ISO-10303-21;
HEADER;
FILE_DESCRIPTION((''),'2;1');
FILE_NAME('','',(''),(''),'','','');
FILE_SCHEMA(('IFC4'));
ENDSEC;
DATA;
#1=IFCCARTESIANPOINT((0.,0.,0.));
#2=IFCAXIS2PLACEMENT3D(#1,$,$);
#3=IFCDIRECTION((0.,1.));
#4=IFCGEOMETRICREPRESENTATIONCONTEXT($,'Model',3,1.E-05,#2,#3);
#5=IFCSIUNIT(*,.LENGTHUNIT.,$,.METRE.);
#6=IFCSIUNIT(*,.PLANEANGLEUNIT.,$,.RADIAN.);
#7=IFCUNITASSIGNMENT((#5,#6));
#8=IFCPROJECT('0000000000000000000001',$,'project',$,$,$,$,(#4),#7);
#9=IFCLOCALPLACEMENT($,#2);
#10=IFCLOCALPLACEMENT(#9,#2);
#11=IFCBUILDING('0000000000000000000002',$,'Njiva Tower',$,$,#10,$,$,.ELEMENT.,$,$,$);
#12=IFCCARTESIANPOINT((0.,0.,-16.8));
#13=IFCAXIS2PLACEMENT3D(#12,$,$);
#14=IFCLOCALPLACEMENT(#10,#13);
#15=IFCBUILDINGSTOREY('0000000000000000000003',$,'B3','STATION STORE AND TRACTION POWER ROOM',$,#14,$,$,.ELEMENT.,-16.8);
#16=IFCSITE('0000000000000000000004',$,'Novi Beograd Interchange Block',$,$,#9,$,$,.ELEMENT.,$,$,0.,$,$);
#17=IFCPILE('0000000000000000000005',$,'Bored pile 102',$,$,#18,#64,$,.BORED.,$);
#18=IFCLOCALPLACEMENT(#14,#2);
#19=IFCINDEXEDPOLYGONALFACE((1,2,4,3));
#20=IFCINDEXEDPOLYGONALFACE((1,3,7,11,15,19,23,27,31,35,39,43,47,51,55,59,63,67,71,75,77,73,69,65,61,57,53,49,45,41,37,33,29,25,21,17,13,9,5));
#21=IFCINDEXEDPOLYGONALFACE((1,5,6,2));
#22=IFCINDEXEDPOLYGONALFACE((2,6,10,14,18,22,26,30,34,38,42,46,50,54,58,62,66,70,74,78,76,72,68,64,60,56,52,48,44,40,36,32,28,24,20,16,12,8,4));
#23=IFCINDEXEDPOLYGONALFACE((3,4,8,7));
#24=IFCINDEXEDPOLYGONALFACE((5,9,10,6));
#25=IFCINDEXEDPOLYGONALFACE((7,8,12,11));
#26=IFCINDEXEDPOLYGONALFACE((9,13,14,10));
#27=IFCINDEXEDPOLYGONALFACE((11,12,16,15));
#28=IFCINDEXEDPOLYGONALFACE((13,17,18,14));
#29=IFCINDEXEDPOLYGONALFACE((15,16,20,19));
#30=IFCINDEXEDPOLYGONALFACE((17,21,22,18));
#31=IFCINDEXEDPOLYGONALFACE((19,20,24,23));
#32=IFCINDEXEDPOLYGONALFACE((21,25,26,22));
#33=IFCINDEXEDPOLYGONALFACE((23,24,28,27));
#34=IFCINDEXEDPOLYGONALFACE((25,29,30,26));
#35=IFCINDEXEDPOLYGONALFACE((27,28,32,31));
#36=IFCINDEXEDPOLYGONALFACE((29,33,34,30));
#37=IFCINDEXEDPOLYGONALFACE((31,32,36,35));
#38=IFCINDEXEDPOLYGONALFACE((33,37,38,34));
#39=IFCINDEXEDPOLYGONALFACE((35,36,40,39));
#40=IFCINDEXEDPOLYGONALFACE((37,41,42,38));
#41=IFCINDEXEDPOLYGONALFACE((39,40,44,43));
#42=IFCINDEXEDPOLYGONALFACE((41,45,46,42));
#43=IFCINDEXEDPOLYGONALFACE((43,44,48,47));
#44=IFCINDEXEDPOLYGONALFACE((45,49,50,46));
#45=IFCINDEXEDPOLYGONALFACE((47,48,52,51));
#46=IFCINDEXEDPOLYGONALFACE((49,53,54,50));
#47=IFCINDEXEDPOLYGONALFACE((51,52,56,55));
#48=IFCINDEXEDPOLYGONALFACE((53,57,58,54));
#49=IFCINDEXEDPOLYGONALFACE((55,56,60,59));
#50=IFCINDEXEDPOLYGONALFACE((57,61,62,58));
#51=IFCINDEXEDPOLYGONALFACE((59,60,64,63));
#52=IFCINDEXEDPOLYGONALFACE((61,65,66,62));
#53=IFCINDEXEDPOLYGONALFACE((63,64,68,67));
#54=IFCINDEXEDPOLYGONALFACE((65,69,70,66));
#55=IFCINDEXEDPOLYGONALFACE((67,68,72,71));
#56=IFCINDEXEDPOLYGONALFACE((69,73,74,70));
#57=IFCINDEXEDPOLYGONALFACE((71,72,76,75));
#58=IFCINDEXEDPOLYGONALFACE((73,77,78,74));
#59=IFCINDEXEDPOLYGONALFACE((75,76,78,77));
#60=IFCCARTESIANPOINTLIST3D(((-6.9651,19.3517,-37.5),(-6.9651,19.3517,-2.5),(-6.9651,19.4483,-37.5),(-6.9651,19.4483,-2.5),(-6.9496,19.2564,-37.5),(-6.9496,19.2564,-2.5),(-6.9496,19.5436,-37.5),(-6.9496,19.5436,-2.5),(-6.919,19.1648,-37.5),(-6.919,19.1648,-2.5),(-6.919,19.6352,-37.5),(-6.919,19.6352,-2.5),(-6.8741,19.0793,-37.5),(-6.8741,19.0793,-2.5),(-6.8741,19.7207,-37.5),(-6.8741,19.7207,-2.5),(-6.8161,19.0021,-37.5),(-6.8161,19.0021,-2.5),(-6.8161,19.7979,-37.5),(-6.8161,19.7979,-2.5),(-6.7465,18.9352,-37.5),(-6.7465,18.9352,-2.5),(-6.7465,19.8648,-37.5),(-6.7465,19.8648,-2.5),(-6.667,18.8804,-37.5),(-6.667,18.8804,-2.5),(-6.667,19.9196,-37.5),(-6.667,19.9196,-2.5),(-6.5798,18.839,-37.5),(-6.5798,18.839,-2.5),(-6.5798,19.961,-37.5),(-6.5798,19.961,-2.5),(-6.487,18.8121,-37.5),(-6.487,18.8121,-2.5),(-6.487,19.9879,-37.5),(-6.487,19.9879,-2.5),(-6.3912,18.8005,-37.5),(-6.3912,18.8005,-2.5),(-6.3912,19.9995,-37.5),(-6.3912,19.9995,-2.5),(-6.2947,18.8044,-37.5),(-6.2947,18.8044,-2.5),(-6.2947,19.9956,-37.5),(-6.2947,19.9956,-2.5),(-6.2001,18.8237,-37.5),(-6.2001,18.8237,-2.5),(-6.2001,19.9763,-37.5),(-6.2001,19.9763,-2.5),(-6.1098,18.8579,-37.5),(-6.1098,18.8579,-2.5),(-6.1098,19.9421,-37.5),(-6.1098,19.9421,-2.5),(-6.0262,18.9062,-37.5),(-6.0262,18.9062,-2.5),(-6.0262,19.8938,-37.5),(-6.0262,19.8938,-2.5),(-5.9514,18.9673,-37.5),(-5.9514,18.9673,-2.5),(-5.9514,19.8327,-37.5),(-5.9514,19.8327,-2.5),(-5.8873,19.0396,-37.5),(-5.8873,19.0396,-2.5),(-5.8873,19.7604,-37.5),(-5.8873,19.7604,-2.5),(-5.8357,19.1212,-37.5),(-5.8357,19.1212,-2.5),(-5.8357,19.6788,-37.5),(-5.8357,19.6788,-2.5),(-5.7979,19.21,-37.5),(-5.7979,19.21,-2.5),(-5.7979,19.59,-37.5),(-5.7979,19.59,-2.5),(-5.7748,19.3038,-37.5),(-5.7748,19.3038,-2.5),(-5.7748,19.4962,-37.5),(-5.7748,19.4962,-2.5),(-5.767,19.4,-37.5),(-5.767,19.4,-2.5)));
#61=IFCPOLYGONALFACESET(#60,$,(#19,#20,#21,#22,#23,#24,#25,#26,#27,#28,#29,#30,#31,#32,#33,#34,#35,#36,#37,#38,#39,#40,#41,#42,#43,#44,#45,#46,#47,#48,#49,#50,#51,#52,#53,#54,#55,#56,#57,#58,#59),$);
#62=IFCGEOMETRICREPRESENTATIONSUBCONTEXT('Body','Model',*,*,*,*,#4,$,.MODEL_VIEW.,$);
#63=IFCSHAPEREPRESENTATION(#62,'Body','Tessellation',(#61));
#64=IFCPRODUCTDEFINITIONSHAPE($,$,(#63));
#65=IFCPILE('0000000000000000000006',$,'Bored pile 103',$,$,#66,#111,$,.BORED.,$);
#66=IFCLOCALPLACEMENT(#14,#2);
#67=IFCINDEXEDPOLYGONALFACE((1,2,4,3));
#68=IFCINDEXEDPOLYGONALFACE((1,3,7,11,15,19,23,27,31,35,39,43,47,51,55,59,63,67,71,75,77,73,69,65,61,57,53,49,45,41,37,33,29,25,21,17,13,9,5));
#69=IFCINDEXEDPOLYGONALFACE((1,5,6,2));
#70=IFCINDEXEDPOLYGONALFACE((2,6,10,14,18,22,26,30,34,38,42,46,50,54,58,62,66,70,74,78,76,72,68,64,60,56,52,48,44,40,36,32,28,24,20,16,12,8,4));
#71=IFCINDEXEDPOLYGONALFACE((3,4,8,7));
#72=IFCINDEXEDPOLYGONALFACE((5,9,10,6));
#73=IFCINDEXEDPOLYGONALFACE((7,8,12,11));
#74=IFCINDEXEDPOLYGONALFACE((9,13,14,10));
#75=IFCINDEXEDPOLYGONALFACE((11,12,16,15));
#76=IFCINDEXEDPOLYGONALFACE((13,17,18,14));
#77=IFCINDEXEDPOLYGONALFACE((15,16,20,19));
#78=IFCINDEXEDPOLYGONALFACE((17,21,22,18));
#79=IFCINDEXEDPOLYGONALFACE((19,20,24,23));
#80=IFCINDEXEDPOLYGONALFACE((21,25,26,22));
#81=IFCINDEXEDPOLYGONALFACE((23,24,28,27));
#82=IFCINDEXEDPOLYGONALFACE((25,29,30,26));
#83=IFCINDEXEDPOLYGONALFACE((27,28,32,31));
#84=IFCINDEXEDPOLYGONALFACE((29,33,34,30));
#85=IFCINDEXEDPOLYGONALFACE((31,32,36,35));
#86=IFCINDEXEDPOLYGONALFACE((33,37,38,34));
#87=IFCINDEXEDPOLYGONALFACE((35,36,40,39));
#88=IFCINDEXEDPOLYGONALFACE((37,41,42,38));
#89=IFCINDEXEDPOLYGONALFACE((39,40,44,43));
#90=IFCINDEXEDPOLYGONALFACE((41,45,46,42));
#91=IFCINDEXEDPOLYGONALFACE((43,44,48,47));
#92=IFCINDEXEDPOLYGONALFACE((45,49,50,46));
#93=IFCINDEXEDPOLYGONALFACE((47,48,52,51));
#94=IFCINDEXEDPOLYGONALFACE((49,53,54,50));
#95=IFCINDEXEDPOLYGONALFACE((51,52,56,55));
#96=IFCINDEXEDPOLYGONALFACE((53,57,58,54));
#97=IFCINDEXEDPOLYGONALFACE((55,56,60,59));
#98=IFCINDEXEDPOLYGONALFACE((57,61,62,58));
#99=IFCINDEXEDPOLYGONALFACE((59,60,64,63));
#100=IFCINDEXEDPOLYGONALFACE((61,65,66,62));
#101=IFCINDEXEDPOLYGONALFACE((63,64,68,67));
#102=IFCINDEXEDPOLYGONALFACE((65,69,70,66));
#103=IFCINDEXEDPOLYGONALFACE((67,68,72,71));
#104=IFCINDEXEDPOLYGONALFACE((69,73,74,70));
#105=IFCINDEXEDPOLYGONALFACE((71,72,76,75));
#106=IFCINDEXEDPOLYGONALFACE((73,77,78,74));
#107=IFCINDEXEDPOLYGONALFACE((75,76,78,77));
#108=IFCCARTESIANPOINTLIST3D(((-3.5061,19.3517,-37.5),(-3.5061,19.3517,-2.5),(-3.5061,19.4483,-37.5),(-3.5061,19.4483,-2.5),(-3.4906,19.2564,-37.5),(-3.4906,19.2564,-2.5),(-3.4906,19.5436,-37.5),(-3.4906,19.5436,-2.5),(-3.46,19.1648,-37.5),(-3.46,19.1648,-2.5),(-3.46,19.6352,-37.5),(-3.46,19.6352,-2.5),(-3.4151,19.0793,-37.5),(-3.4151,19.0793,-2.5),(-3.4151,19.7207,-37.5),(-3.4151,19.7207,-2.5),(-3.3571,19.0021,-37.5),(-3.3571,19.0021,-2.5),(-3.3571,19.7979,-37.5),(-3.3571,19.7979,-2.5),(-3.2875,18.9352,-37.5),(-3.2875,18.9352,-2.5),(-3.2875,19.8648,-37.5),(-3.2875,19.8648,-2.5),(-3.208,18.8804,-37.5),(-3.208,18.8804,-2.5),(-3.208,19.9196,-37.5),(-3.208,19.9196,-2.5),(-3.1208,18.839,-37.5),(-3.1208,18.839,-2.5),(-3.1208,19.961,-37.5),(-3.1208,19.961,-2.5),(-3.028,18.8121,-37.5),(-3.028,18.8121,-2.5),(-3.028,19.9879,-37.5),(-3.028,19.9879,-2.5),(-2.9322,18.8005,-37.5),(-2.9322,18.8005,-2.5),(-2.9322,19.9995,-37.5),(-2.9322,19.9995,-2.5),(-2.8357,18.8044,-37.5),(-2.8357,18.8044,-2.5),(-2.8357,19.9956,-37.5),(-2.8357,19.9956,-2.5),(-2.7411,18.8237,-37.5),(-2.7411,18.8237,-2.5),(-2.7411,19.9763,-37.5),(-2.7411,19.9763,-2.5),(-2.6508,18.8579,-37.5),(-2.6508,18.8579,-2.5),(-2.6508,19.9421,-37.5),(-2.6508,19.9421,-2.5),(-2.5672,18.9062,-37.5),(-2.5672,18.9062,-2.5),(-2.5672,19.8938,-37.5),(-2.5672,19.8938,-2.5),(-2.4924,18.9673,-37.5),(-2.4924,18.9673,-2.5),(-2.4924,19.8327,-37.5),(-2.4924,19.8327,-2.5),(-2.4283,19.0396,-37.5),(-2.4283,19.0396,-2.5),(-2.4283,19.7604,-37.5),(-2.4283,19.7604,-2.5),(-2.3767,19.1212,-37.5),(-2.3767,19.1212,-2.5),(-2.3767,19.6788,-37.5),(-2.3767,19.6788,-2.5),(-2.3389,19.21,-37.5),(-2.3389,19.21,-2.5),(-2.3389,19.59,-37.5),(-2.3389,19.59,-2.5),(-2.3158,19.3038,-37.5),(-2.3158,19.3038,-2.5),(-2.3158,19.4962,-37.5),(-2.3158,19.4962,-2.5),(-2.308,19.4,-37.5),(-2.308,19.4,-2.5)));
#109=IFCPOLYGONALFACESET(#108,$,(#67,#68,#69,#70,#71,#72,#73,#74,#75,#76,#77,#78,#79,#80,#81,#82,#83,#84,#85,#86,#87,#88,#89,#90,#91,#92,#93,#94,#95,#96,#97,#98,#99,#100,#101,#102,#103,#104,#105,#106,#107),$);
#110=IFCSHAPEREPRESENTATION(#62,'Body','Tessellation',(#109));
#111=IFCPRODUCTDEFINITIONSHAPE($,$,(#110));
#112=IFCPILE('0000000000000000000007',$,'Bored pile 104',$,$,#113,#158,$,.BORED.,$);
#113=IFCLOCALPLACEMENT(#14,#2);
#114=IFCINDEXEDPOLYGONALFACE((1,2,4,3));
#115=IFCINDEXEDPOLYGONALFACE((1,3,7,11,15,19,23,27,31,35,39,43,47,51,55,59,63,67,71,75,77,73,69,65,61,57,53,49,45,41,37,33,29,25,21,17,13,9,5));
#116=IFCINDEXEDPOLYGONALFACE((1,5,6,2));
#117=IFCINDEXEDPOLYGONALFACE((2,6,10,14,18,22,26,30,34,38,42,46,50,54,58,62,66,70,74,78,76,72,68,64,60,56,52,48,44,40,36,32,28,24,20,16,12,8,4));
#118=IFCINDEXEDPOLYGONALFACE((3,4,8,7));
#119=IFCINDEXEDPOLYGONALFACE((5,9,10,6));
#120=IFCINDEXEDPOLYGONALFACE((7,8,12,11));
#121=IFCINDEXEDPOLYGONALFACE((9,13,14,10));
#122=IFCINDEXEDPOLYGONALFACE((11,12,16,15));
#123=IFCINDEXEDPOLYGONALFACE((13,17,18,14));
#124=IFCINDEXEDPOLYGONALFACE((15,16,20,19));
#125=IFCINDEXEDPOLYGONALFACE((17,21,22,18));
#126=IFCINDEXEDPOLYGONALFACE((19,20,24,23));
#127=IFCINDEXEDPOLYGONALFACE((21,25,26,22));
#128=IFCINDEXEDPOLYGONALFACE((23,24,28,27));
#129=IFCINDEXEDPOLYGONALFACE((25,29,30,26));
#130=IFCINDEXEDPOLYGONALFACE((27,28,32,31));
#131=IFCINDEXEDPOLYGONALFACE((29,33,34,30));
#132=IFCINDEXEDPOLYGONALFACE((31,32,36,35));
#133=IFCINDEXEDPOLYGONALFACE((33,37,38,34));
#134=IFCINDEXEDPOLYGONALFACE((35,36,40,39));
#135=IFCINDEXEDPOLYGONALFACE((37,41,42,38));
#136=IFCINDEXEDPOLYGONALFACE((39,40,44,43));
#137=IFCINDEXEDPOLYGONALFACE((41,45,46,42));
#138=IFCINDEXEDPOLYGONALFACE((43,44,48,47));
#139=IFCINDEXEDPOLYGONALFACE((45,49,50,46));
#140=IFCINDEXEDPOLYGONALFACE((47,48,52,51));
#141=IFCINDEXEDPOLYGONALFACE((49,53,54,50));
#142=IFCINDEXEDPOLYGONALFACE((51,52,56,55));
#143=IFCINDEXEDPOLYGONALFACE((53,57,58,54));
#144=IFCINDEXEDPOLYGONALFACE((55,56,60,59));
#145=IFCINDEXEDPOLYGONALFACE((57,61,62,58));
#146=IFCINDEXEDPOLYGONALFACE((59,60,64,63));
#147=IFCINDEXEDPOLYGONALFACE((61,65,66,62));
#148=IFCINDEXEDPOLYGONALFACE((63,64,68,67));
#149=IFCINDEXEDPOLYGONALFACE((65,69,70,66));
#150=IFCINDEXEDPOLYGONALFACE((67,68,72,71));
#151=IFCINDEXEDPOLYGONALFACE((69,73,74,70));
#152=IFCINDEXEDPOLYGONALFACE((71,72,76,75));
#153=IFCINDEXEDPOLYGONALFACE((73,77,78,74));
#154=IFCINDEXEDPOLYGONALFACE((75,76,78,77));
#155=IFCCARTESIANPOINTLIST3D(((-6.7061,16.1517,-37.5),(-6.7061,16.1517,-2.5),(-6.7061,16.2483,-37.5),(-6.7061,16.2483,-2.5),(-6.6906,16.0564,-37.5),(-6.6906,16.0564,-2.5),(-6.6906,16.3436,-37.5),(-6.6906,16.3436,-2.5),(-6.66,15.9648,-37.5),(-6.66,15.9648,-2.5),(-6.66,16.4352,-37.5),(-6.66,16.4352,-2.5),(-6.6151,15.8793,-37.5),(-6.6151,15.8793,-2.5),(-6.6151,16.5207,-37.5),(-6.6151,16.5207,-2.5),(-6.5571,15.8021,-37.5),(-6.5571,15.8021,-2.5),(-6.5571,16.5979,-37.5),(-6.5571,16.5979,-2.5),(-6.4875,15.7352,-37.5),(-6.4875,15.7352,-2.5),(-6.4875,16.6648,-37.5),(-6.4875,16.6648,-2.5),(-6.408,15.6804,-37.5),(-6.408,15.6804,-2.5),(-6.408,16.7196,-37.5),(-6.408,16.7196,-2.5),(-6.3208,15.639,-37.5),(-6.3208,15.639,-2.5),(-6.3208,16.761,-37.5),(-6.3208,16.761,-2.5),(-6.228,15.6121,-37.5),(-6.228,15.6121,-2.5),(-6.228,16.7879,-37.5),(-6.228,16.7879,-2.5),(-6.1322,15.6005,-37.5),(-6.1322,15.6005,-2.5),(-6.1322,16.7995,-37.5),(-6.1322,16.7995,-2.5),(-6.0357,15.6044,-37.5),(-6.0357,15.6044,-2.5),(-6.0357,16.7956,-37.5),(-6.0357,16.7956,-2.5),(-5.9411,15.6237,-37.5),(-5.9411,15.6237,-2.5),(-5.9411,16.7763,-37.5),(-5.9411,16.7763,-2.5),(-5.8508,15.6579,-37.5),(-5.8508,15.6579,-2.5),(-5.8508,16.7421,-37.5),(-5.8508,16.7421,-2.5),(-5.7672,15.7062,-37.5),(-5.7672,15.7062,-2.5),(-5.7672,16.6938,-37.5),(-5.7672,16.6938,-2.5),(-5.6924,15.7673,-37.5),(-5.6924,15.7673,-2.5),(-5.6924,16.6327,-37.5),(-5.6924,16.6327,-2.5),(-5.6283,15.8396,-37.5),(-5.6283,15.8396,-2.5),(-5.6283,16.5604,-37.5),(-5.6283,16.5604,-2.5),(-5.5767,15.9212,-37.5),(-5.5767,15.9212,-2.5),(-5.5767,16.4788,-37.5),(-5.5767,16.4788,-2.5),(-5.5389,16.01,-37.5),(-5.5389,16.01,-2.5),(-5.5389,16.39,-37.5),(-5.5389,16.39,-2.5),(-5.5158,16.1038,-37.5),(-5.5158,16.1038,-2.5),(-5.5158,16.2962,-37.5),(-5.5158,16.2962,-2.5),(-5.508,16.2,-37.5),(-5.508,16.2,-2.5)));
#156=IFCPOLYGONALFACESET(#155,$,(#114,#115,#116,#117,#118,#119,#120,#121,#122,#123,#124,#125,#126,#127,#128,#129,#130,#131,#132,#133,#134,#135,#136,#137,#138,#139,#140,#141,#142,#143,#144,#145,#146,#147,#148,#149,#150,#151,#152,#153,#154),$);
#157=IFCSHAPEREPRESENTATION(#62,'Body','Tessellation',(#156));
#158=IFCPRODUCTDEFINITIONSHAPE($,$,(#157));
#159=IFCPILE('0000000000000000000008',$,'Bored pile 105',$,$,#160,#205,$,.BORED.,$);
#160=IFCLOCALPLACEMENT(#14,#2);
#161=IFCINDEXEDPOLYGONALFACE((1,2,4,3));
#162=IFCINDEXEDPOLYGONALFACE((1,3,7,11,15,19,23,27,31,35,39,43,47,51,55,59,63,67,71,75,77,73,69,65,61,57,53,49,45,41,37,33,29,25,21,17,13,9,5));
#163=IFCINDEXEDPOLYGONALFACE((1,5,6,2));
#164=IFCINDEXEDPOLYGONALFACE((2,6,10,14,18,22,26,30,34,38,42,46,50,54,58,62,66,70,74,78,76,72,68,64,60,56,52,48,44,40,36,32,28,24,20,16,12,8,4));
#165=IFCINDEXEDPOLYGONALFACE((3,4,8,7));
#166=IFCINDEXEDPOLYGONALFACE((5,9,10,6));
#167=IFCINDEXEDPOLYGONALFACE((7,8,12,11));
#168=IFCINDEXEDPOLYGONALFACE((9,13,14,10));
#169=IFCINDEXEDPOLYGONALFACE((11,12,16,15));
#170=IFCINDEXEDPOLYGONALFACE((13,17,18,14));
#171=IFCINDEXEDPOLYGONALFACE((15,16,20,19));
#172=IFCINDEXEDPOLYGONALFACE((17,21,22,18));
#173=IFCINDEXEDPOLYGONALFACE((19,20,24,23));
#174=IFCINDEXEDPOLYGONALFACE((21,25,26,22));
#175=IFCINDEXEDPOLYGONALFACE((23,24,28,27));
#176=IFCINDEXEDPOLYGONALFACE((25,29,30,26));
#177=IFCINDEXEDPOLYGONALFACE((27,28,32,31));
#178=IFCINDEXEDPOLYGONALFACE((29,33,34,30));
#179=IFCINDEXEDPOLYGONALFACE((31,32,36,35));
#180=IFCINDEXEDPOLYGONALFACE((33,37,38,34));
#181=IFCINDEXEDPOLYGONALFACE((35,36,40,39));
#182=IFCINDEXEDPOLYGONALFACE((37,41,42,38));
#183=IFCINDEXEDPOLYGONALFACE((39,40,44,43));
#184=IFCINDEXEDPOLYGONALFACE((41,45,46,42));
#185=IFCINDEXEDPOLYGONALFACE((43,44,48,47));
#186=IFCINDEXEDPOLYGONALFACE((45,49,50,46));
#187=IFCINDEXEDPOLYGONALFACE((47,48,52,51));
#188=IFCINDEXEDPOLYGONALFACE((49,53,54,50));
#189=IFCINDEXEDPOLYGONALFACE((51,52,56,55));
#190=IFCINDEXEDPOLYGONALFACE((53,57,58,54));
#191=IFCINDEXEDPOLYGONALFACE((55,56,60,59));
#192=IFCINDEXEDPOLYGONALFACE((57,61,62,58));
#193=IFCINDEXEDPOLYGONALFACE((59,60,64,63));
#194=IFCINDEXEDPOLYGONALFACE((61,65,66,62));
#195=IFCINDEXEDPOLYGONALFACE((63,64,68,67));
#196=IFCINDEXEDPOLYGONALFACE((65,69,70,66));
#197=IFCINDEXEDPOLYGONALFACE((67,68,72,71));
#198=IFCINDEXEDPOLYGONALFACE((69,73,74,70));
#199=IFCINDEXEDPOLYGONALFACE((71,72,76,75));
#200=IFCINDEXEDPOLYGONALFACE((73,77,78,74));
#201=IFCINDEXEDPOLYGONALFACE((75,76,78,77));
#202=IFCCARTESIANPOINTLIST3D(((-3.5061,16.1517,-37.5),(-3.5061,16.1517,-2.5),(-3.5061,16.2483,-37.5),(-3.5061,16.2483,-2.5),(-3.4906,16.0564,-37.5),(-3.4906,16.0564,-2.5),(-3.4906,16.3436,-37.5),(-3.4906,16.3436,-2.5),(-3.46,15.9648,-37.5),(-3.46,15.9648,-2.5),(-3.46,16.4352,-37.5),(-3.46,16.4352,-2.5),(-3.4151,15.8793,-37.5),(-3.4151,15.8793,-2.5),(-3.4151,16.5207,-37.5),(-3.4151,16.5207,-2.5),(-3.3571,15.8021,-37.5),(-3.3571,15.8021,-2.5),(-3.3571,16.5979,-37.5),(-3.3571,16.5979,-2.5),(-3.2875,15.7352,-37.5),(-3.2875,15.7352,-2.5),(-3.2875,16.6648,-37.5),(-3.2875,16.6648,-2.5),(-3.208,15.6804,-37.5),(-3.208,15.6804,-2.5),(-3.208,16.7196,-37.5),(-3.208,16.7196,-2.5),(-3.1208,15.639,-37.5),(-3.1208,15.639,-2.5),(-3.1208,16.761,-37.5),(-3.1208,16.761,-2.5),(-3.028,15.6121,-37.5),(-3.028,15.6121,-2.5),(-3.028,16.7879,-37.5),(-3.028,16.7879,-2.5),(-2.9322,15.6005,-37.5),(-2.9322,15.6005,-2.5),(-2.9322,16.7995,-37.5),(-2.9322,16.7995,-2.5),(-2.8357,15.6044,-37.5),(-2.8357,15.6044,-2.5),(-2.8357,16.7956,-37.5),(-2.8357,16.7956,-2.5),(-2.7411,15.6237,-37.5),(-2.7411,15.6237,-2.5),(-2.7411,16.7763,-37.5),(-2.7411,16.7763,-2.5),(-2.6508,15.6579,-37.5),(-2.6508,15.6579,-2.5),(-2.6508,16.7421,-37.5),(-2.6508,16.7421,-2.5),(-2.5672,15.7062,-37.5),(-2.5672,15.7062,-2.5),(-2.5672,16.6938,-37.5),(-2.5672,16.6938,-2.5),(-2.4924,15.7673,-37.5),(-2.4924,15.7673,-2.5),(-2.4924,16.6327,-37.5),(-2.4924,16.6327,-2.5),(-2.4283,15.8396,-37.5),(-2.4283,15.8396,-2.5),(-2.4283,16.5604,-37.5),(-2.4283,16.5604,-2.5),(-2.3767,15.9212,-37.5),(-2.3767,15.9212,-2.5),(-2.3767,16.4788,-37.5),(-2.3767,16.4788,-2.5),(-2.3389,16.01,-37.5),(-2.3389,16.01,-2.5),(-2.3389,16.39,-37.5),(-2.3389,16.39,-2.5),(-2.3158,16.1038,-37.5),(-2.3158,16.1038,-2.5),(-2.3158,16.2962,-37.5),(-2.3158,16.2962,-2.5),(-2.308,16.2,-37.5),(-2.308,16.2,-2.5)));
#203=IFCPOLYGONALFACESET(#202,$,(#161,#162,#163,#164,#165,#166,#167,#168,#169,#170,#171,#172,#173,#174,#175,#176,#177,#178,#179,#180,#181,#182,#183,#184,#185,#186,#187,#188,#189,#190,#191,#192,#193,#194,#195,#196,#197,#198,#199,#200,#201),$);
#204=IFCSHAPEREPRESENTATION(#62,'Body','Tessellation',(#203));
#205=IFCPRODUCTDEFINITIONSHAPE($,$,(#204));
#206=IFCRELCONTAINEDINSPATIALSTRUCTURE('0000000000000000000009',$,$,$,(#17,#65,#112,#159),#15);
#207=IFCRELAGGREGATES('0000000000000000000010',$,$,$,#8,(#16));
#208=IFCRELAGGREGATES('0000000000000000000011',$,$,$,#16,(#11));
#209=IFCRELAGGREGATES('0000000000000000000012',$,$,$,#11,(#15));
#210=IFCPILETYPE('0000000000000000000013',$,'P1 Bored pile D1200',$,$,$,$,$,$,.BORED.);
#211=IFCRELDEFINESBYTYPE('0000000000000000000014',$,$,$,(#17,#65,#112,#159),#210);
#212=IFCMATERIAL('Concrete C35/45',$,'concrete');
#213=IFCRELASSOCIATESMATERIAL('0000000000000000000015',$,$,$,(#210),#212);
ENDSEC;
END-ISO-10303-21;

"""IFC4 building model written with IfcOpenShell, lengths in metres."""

from ifc_helpers import new_model, si_unit, direction, frame, origin, origin_2d, place, context, subcontext, project, spatial, circle, extrude, material, material_profile, profile_set, type_object, element, save


model = new_model("IFC4")

# Units and contexts
model_context = context("Model", 3, precision=1e-05, world=origin(), true_north=direction((0.0, 1.0)))
body_context = subcontext(model_context, "Body", "Model", "MODEL_VIEW")
ifc_project = project(units=[si_unit("LENGTHUNIT", "METRE"), si_unit("PLANEANGLEUNIT", "RADIAN")], contexts=[model_context])

# Site, building, storey
site_placement = place(None, origin())
site = spatial("IfcSite", under=ifc_project, at=site_placement, Name="Novi Beograd Interchange Block", CompositionType="ELEMENT", RefElevation=0.0)
building_placement = place(site_placement, origin())
building = spatial("IfcBuilding", under=site, at=building_placement, Name="Njiva Tower", CompositionType="ELEMENT")
storey_placement = place(building_placement, frame((0.0, 0.0, -16.8)))
storey = spatial("IfcBuildingStorey", under=building, at=storey_placement, Name="B3", Description="STATION STORE AND TRACTION POWER ROOM", CompositionType="ELEMENT", Elevation=-16.8)

# Piles
ifc_material_1 = material(Name="Concrete C35/45", Category="concrete")
ifc_material_profile_1 = material_profile(ifc_material_1, circle(Radius=0.6, at=origin_2d()), Name="D1200")
ifc_profile_set_1 = profile_set([ifc_material_profile_1], Name="Concrete C35/45")
pile_type = type_object("IfcPileType", Name="P1 Bored pile D1200", PredefinedType="BORED", material=ifc_profile_set_1)
for number, where, z_axis, x_axis, name in (
    (1, (-6.367, 19.4, -2.5), (0.0, 0.0, -1.0), (1.0, 0.0, 0.0), "Bored pile 102"),
    (2, (-2.908, 19.4, -2.5), (0.0, 0.0, -1.0), (1.0, 0.0, 0.0), "Bored pile 103"),
    (3, (-6.108, 16.2, -2.5), (0.0, 0.0, -1.0), (1.0, 0.0, 0.0), "Bored pile 104"),
    (4, (-2.908, 16.2, -2.5), (0.0, 0.0, -1.0), (1.0, 0.0, 0.0), "Bored pile 105"),
):
    element("IfcPile", number, at=place(storey_placement, frame(where, z_axis=z_axis, x_axis=x_axis)), inside=storey, type_object=pile_type, Name=name, PredefinedType="BORED", context=body_context, shape_type="SweptSolid", body=[
        extrude(circle(Radius=0.6, at=origin_2d()), origin(), (0.0, 0.0, 1.0), 35.0),
    ])

save(model, "model.ifc")
